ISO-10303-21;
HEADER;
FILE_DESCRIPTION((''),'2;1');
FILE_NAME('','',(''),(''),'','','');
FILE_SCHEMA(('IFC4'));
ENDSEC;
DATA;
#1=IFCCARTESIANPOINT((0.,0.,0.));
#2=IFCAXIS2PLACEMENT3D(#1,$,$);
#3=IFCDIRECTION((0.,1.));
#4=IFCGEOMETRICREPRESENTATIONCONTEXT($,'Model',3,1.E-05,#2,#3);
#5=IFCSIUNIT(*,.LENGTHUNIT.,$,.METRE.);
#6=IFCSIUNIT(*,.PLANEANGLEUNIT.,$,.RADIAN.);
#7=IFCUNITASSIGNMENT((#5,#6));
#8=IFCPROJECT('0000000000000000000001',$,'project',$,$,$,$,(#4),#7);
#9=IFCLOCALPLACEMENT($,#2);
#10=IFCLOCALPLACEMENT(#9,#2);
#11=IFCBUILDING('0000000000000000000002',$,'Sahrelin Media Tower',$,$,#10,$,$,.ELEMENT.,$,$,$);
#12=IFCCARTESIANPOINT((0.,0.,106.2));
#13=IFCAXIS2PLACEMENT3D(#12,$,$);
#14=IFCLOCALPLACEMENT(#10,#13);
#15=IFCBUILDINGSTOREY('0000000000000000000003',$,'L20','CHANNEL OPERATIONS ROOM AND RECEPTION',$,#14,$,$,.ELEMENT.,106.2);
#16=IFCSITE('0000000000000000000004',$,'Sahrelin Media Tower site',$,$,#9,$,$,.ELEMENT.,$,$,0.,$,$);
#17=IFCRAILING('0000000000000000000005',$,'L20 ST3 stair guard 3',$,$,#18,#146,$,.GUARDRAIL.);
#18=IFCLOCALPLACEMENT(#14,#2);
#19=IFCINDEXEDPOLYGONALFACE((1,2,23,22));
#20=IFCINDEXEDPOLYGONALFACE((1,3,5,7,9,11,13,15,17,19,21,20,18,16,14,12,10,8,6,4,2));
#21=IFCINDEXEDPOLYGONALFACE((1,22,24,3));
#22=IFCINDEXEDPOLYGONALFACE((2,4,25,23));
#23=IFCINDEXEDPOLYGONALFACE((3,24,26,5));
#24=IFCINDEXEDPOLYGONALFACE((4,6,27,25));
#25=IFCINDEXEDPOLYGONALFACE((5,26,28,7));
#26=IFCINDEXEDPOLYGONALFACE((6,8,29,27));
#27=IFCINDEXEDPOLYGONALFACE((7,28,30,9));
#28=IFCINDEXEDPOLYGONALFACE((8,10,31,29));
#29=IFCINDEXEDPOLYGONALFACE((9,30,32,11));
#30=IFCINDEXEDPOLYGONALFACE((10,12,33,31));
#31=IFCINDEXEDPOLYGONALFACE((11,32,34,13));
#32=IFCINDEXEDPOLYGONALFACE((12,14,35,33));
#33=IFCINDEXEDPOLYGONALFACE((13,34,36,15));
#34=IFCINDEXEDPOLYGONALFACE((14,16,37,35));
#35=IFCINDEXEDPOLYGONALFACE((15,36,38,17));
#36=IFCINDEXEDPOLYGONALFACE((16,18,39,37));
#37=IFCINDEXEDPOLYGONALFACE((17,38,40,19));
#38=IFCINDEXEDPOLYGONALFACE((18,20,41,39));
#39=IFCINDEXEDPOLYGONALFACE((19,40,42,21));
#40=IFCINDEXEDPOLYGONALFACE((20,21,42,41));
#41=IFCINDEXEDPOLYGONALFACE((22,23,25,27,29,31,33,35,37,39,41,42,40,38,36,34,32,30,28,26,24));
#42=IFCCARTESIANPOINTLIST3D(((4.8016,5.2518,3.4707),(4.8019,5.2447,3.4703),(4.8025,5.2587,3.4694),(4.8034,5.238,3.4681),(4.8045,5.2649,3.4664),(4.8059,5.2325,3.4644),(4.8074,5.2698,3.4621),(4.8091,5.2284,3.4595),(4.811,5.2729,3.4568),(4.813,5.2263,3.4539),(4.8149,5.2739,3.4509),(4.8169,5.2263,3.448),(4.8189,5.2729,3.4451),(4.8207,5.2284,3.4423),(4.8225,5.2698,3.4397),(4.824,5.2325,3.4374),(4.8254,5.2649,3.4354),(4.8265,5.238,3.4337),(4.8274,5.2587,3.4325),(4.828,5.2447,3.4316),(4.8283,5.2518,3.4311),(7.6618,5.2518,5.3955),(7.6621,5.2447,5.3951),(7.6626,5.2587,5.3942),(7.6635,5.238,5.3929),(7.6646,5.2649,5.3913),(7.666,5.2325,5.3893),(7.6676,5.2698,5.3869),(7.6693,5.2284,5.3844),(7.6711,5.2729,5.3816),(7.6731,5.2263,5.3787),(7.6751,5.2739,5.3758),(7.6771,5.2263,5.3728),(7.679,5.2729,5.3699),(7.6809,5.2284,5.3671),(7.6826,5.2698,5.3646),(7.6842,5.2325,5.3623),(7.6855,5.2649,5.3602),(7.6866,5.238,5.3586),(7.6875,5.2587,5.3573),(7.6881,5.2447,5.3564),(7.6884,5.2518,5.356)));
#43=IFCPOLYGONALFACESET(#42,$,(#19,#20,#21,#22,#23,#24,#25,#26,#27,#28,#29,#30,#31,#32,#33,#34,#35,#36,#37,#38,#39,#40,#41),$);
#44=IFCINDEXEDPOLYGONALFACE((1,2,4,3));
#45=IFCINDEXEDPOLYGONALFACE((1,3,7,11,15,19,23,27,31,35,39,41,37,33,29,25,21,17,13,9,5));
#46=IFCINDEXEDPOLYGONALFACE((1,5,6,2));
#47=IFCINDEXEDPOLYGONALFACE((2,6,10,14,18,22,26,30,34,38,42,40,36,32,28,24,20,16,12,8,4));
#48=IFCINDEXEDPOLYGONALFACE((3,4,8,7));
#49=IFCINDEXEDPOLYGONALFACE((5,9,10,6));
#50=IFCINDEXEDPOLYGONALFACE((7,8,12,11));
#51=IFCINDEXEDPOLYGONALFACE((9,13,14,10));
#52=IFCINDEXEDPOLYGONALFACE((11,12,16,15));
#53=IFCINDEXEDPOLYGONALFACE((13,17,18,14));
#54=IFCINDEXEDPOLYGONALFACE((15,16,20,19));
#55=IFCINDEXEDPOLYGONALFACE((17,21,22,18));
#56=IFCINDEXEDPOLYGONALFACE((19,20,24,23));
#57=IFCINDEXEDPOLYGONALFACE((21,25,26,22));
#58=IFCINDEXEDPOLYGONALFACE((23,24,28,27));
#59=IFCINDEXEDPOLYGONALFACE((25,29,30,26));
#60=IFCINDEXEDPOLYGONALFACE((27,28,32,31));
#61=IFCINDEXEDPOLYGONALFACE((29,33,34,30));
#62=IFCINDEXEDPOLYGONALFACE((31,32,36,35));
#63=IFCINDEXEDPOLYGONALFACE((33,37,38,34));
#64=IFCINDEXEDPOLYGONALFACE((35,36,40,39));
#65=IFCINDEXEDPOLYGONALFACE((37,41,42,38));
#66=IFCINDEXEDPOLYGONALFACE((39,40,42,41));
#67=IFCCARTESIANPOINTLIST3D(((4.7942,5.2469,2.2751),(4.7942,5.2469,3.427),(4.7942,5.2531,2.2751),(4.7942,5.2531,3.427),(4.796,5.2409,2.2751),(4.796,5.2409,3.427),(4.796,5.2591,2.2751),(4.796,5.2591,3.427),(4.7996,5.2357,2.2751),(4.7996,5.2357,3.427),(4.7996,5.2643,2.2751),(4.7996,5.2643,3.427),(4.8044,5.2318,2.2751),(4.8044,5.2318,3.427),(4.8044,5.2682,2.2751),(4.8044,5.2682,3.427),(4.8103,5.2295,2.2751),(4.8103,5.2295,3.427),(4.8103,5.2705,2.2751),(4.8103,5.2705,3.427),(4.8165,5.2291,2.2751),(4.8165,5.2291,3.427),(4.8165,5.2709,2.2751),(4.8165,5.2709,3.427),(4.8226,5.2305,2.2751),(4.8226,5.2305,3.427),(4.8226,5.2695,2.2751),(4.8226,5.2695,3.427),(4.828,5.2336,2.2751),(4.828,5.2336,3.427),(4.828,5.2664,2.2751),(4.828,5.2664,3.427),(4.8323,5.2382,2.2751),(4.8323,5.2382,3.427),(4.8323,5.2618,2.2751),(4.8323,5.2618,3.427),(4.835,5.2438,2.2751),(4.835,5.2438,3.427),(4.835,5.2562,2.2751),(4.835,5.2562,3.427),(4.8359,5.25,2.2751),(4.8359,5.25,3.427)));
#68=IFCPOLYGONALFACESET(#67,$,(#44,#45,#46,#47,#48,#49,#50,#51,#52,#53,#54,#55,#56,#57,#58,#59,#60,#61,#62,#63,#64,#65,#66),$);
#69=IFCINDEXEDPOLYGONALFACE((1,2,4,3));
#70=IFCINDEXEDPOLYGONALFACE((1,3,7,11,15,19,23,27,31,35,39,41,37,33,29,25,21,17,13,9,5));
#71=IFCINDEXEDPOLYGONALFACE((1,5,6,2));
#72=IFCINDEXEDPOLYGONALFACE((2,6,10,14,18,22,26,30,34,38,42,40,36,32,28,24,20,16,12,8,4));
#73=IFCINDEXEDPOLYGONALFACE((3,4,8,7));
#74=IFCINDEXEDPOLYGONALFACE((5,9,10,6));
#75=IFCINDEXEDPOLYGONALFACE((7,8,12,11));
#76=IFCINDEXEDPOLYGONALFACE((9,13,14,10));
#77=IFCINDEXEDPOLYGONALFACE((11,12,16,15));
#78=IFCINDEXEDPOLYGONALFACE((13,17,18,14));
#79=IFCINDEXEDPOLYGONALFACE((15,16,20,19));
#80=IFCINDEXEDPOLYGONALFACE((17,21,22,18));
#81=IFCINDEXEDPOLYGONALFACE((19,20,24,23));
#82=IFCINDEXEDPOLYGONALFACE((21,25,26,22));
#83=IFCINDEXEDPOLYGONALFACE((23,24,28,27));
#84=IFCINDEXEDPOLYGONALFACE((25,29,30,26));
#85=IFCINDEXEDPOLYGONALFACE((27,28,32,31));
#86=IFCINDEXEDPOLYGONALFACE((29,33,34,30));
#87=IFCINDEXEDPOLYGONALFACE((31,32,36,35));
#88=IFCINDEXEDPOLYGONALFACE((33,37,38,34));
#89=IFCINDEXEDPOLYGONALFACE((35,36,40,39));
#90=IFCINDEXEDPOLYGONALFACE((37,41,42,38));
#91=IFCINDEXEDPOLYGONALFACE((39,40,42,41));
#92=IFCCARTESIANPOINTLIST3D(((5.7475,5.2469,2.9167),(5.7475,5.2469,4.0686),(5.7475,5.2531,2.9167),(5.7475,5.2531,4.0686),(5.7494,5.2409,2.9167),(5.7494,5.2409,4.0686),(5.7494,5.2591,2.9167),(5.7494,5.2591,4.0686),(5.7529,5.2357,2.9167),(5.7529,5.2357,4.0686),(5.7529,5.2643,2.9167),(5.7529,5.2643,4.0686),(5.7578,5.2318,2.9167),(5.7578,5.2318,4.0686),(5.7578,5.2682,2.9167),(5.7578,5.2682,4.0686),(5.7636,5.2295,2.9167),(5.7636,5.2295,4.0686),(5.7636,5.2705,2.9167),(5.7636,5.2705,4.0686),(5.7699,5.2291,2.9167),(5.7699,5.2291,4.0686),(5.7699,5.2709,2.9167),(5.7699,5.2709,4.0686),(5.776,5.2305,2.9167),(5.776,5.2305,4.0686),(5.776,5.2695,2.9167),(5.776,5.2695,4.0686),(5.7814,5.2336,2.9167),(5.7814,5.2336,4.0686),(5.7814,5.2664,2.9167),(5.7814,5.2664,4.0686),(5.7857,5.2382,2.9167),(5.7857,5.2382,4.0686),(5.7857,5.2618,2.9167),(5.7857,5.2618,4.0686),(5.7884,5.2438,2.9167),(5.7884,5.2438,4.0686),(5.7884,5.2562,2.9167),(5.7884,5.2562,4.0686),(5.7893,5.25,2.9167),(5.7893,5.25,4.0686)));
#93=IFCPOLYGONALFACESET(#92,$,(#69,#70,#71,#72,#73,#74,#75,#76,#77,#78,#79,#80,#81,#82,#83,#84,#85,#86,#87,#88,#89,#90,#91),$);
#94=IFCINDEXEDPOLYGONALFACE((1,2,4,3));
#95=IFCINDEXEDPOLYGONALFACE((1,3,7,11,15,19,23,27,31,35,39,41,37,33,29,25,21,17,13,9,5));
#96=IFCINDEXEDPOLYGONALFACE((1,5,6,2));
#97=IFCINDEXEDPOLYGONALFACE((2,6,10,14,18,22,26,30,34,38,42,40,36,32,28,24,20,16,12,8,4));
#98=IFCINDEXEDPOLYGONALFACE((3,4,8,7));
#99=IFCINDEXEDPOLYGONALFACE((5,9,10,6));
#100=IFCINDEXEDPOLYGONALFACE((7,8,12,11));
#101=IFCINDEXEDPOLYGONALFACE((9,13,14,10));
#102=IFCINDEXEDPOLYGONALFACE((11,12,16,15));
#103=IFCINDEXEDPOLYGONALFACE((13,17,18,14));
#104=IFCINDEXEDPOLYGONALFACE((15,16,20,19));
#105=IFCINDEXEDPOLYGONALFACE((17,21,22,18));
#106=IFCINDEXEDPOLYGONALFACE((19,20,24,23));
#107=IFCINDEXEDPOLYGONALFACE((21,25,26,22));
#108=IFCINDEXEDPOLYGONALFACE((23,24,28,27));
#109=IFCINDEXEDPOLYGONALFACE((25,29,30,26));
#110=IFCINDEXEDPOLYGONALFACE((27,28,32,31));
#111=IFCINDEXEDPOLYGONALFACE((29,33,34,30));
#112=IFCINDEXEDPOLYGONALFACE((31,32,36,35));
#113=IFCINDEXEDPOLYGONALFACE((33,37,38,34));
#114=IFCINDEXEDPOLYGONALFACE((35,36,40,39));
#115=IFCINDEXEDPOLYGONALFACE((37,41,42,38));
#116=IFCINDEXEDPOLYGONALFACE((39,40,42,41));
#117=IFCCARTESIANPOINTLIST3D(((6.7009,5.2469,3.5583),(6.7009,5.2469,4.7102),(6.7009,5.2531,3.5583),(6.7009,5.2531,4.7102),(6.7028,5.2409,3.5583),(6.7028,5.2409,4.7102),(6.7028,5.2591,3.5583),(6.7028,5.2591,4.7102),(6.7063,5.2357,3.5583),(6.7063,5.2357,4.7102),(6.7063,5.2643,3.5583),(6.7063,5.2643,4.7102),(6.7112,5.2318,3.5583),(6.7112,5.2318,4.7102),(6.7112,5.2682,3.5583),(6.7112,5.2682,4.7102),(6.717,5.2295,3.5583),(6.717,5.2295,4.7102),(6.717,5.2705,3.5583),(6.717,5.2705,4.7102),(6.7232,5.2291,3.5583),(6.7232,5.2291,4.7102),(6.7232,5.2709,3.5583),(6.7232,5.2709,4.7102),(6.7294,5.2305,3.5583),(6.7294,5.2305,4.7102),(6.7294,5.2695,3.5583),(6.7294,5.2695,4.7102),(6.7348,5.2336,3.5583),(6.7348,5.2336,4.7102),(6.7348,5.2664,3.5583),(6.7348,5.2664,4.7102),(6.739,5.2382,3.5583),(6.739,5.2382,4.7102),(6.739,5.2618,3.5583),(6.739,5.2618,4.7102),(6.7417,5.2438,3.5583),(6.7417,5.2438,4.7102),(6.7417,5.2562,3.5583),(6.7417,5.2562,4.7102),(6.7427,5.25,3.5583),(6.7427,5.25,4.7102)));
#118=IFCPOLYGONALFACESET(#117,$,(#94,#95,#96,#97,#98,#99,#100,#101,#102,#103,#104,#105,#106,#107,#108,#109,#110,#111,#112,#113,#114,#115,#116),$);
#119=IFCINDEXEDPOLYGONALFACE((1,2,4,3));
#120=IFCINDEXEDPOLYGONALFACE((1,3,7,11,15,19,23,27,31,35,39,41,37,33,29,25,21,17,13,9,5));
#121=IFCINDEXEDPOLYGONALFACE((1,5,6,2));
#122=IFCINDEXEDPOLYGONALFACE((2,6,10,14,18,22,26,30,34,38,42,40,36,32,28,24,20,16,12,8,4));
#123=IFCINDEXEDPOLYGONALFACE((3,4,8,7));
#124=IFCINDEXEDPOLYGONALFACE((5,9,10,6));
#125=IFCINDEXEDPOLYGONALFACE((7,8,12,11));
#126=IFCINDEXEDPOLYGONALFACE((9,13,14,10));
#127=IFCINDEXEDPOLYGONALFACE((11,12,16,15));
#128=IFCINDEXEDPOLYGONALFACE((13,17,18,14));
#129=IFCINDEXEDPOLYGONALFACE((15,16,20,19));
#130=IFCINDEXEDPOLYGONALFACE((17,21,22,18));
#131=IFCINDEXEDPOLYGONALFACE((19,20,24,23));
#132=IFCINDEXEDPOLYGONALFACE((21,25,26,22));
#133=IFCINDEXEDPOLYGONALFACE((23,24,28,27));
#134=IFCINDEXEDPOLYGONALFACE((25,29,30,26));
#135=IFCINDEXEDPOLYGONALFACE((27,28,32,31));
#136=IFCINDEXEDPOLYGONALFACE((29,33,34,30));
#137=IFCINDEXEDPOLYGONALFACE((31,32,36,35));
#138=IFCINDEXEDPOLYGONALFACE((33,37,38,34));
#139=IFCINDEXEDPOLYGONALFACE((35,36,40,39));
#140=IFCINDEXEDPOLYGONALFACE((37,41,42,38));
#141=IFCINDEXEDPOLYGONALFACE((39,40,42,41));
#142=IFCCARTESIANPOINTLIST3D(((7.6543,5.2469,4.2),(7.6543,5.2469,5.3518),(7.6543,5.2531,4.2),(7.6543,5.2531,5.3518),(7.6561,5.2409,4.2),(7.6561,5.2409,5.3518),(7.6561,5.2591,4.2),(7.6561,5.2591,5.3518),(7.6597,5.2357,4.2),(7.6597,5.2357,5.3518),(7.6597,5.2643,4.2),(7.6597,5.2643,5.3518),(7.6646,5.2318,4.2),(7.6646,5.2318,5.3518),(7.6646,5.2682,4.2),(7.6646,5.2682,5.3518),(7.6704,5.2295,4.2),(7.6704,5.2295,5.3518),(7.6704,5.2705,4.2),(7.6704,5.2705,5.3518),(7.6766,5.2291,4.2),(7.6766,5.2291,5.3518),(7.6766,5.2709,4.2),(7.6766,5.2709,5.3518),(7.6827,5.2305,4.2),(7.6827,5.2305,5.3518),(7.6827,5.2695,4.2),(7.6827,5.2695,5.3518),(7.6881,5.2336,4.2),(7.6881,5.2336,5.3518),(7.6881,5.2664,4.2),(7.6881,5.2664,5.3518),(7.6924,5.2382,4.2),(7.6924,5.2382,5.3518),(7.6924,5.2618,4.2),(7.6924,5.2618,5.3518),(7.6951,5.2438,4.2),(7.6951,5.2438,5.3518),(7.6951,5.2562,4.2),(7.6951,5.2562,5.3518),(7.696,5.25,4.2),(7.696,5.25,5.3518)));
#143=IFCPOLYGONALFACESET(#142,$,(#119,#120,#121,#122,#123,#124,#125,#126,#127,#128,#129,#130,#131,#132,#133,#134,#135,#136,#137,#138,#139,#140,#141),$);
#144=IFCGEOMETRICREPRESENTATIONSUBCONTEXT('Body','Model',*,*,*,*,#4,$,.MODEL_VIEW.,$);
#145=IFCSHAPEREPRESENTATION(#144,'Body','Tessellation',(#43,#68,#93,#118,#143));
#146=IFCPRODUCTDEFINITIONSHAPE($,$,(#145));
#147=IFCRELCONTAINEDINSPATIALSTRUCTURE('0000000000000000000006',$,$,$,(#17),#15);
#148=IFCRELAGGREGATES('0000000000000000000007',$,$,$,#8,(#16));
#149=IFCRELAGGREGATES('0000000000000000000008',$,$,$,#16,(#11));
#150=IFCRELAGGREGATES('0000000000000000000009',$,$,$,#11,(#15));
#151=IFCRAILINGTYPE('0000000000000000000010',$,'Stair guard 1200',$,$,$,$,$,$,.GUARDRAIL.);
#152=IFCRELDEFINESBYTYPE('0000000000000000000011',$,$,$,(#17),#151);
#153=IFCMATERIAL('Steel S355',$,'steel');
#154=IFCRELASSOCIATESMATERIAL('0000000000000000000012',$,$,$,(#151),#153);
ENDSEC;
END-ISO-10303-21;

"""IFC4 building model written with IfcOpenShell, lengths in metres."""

from ifc_helpers import new_model, si_unit, direction, frame, origin, origin_2d, place, context, subcontext, project, spatial, circle, extrude, material, type_object, element, save


model = new_model("IFC4")

# Units and contexts
model_context = context("Model", 3, precision=1e-05, world=origin(), true_north=direction((0.0, 1.0)))
body_context = subcontext(model_context, "Body", "Model", "MODEL_VIEW")
ifc_project = project(units=[si_unit("LENGTHUNIT", "METRE"), si_unit("PLANEANGLEUNIT", "RADIAN")], contexts=[model_context])

# Site, building, storey
site_placement = place(None, origin())
site = spatial("IfcSite", under=ifc_project, at=site_placement, Name="Sahrelin Media Tower site", CompositionType="ELEMENT", RefElevation=0.0)
building_placement = place(site_placement, origin())
building = spatial("IfcBuilding", under=site, at=building_placement, Name="Sahrelin Media Tower", CompositionType="ELEMENT")
storey_placement = place(building_placement, frame((0.0, 0.0, 106.2)))
storey = spatial("IfcBuildingStorey", under=building, at=storey_placement, Name="L20", Description="CHANNEL OPERATIONS ROOM AND RECEPTION", CompositionType="ELEMENT", Elevation=106.2)

# Shared definitions
ifc_material_1 = material(Name="Steel S355", Category="steel")

# Railing
railing_type_1 = type_object("IfcRailingType", Name="Stair guard 1200", PredefinedType="GUARDRAIL", material=ifc_material_1)
railing_1_placement = place(storey_placement, frame((4.8149, 5.25, 2.2751)))
element("IfcRailing", 1, at=railing_1_placement, inside=storey, type_object=railing_type_1, Name="L20 ST3 stair guard 3", PredefinedType="GUARDRAIL", context=body_context, shape_type="SweptSolid", body=[
    extrude(circle(Radius=0.0239, at=origin_2d()), frame((0.0, 0.0, 1.1758), z_axis=(0.829624, 0.0, 0.558323), x_axis=(0.0, 1.0, 0.0)), (0.0, 0.0, 1.0), 3.4475),
    extrude(circle(Radius=0.021, at=origin_2d()), origin(), (0.0, 0.0, 1.0), 1.1519),
    extrude(circle(Radius=0.021, at=origin_2d()), frame((0.9534, 0.0, 0.6416)), (0.0, 0.0, 1.0), 1.1519),
    extrude(circle(Radius=0.021, at=origin_2d()), frame((1.9067, 0.0, 1.2832)), (0.0, 0.0, 1.0), 1.1519),
    extrude(circle(Radius=0.021, at=origin_2d()), frame((2.8601, 0.0, 1.9248)), (0.0, 0.0, 1.0), 1.1519),
])

save(model, "model.ifc")
